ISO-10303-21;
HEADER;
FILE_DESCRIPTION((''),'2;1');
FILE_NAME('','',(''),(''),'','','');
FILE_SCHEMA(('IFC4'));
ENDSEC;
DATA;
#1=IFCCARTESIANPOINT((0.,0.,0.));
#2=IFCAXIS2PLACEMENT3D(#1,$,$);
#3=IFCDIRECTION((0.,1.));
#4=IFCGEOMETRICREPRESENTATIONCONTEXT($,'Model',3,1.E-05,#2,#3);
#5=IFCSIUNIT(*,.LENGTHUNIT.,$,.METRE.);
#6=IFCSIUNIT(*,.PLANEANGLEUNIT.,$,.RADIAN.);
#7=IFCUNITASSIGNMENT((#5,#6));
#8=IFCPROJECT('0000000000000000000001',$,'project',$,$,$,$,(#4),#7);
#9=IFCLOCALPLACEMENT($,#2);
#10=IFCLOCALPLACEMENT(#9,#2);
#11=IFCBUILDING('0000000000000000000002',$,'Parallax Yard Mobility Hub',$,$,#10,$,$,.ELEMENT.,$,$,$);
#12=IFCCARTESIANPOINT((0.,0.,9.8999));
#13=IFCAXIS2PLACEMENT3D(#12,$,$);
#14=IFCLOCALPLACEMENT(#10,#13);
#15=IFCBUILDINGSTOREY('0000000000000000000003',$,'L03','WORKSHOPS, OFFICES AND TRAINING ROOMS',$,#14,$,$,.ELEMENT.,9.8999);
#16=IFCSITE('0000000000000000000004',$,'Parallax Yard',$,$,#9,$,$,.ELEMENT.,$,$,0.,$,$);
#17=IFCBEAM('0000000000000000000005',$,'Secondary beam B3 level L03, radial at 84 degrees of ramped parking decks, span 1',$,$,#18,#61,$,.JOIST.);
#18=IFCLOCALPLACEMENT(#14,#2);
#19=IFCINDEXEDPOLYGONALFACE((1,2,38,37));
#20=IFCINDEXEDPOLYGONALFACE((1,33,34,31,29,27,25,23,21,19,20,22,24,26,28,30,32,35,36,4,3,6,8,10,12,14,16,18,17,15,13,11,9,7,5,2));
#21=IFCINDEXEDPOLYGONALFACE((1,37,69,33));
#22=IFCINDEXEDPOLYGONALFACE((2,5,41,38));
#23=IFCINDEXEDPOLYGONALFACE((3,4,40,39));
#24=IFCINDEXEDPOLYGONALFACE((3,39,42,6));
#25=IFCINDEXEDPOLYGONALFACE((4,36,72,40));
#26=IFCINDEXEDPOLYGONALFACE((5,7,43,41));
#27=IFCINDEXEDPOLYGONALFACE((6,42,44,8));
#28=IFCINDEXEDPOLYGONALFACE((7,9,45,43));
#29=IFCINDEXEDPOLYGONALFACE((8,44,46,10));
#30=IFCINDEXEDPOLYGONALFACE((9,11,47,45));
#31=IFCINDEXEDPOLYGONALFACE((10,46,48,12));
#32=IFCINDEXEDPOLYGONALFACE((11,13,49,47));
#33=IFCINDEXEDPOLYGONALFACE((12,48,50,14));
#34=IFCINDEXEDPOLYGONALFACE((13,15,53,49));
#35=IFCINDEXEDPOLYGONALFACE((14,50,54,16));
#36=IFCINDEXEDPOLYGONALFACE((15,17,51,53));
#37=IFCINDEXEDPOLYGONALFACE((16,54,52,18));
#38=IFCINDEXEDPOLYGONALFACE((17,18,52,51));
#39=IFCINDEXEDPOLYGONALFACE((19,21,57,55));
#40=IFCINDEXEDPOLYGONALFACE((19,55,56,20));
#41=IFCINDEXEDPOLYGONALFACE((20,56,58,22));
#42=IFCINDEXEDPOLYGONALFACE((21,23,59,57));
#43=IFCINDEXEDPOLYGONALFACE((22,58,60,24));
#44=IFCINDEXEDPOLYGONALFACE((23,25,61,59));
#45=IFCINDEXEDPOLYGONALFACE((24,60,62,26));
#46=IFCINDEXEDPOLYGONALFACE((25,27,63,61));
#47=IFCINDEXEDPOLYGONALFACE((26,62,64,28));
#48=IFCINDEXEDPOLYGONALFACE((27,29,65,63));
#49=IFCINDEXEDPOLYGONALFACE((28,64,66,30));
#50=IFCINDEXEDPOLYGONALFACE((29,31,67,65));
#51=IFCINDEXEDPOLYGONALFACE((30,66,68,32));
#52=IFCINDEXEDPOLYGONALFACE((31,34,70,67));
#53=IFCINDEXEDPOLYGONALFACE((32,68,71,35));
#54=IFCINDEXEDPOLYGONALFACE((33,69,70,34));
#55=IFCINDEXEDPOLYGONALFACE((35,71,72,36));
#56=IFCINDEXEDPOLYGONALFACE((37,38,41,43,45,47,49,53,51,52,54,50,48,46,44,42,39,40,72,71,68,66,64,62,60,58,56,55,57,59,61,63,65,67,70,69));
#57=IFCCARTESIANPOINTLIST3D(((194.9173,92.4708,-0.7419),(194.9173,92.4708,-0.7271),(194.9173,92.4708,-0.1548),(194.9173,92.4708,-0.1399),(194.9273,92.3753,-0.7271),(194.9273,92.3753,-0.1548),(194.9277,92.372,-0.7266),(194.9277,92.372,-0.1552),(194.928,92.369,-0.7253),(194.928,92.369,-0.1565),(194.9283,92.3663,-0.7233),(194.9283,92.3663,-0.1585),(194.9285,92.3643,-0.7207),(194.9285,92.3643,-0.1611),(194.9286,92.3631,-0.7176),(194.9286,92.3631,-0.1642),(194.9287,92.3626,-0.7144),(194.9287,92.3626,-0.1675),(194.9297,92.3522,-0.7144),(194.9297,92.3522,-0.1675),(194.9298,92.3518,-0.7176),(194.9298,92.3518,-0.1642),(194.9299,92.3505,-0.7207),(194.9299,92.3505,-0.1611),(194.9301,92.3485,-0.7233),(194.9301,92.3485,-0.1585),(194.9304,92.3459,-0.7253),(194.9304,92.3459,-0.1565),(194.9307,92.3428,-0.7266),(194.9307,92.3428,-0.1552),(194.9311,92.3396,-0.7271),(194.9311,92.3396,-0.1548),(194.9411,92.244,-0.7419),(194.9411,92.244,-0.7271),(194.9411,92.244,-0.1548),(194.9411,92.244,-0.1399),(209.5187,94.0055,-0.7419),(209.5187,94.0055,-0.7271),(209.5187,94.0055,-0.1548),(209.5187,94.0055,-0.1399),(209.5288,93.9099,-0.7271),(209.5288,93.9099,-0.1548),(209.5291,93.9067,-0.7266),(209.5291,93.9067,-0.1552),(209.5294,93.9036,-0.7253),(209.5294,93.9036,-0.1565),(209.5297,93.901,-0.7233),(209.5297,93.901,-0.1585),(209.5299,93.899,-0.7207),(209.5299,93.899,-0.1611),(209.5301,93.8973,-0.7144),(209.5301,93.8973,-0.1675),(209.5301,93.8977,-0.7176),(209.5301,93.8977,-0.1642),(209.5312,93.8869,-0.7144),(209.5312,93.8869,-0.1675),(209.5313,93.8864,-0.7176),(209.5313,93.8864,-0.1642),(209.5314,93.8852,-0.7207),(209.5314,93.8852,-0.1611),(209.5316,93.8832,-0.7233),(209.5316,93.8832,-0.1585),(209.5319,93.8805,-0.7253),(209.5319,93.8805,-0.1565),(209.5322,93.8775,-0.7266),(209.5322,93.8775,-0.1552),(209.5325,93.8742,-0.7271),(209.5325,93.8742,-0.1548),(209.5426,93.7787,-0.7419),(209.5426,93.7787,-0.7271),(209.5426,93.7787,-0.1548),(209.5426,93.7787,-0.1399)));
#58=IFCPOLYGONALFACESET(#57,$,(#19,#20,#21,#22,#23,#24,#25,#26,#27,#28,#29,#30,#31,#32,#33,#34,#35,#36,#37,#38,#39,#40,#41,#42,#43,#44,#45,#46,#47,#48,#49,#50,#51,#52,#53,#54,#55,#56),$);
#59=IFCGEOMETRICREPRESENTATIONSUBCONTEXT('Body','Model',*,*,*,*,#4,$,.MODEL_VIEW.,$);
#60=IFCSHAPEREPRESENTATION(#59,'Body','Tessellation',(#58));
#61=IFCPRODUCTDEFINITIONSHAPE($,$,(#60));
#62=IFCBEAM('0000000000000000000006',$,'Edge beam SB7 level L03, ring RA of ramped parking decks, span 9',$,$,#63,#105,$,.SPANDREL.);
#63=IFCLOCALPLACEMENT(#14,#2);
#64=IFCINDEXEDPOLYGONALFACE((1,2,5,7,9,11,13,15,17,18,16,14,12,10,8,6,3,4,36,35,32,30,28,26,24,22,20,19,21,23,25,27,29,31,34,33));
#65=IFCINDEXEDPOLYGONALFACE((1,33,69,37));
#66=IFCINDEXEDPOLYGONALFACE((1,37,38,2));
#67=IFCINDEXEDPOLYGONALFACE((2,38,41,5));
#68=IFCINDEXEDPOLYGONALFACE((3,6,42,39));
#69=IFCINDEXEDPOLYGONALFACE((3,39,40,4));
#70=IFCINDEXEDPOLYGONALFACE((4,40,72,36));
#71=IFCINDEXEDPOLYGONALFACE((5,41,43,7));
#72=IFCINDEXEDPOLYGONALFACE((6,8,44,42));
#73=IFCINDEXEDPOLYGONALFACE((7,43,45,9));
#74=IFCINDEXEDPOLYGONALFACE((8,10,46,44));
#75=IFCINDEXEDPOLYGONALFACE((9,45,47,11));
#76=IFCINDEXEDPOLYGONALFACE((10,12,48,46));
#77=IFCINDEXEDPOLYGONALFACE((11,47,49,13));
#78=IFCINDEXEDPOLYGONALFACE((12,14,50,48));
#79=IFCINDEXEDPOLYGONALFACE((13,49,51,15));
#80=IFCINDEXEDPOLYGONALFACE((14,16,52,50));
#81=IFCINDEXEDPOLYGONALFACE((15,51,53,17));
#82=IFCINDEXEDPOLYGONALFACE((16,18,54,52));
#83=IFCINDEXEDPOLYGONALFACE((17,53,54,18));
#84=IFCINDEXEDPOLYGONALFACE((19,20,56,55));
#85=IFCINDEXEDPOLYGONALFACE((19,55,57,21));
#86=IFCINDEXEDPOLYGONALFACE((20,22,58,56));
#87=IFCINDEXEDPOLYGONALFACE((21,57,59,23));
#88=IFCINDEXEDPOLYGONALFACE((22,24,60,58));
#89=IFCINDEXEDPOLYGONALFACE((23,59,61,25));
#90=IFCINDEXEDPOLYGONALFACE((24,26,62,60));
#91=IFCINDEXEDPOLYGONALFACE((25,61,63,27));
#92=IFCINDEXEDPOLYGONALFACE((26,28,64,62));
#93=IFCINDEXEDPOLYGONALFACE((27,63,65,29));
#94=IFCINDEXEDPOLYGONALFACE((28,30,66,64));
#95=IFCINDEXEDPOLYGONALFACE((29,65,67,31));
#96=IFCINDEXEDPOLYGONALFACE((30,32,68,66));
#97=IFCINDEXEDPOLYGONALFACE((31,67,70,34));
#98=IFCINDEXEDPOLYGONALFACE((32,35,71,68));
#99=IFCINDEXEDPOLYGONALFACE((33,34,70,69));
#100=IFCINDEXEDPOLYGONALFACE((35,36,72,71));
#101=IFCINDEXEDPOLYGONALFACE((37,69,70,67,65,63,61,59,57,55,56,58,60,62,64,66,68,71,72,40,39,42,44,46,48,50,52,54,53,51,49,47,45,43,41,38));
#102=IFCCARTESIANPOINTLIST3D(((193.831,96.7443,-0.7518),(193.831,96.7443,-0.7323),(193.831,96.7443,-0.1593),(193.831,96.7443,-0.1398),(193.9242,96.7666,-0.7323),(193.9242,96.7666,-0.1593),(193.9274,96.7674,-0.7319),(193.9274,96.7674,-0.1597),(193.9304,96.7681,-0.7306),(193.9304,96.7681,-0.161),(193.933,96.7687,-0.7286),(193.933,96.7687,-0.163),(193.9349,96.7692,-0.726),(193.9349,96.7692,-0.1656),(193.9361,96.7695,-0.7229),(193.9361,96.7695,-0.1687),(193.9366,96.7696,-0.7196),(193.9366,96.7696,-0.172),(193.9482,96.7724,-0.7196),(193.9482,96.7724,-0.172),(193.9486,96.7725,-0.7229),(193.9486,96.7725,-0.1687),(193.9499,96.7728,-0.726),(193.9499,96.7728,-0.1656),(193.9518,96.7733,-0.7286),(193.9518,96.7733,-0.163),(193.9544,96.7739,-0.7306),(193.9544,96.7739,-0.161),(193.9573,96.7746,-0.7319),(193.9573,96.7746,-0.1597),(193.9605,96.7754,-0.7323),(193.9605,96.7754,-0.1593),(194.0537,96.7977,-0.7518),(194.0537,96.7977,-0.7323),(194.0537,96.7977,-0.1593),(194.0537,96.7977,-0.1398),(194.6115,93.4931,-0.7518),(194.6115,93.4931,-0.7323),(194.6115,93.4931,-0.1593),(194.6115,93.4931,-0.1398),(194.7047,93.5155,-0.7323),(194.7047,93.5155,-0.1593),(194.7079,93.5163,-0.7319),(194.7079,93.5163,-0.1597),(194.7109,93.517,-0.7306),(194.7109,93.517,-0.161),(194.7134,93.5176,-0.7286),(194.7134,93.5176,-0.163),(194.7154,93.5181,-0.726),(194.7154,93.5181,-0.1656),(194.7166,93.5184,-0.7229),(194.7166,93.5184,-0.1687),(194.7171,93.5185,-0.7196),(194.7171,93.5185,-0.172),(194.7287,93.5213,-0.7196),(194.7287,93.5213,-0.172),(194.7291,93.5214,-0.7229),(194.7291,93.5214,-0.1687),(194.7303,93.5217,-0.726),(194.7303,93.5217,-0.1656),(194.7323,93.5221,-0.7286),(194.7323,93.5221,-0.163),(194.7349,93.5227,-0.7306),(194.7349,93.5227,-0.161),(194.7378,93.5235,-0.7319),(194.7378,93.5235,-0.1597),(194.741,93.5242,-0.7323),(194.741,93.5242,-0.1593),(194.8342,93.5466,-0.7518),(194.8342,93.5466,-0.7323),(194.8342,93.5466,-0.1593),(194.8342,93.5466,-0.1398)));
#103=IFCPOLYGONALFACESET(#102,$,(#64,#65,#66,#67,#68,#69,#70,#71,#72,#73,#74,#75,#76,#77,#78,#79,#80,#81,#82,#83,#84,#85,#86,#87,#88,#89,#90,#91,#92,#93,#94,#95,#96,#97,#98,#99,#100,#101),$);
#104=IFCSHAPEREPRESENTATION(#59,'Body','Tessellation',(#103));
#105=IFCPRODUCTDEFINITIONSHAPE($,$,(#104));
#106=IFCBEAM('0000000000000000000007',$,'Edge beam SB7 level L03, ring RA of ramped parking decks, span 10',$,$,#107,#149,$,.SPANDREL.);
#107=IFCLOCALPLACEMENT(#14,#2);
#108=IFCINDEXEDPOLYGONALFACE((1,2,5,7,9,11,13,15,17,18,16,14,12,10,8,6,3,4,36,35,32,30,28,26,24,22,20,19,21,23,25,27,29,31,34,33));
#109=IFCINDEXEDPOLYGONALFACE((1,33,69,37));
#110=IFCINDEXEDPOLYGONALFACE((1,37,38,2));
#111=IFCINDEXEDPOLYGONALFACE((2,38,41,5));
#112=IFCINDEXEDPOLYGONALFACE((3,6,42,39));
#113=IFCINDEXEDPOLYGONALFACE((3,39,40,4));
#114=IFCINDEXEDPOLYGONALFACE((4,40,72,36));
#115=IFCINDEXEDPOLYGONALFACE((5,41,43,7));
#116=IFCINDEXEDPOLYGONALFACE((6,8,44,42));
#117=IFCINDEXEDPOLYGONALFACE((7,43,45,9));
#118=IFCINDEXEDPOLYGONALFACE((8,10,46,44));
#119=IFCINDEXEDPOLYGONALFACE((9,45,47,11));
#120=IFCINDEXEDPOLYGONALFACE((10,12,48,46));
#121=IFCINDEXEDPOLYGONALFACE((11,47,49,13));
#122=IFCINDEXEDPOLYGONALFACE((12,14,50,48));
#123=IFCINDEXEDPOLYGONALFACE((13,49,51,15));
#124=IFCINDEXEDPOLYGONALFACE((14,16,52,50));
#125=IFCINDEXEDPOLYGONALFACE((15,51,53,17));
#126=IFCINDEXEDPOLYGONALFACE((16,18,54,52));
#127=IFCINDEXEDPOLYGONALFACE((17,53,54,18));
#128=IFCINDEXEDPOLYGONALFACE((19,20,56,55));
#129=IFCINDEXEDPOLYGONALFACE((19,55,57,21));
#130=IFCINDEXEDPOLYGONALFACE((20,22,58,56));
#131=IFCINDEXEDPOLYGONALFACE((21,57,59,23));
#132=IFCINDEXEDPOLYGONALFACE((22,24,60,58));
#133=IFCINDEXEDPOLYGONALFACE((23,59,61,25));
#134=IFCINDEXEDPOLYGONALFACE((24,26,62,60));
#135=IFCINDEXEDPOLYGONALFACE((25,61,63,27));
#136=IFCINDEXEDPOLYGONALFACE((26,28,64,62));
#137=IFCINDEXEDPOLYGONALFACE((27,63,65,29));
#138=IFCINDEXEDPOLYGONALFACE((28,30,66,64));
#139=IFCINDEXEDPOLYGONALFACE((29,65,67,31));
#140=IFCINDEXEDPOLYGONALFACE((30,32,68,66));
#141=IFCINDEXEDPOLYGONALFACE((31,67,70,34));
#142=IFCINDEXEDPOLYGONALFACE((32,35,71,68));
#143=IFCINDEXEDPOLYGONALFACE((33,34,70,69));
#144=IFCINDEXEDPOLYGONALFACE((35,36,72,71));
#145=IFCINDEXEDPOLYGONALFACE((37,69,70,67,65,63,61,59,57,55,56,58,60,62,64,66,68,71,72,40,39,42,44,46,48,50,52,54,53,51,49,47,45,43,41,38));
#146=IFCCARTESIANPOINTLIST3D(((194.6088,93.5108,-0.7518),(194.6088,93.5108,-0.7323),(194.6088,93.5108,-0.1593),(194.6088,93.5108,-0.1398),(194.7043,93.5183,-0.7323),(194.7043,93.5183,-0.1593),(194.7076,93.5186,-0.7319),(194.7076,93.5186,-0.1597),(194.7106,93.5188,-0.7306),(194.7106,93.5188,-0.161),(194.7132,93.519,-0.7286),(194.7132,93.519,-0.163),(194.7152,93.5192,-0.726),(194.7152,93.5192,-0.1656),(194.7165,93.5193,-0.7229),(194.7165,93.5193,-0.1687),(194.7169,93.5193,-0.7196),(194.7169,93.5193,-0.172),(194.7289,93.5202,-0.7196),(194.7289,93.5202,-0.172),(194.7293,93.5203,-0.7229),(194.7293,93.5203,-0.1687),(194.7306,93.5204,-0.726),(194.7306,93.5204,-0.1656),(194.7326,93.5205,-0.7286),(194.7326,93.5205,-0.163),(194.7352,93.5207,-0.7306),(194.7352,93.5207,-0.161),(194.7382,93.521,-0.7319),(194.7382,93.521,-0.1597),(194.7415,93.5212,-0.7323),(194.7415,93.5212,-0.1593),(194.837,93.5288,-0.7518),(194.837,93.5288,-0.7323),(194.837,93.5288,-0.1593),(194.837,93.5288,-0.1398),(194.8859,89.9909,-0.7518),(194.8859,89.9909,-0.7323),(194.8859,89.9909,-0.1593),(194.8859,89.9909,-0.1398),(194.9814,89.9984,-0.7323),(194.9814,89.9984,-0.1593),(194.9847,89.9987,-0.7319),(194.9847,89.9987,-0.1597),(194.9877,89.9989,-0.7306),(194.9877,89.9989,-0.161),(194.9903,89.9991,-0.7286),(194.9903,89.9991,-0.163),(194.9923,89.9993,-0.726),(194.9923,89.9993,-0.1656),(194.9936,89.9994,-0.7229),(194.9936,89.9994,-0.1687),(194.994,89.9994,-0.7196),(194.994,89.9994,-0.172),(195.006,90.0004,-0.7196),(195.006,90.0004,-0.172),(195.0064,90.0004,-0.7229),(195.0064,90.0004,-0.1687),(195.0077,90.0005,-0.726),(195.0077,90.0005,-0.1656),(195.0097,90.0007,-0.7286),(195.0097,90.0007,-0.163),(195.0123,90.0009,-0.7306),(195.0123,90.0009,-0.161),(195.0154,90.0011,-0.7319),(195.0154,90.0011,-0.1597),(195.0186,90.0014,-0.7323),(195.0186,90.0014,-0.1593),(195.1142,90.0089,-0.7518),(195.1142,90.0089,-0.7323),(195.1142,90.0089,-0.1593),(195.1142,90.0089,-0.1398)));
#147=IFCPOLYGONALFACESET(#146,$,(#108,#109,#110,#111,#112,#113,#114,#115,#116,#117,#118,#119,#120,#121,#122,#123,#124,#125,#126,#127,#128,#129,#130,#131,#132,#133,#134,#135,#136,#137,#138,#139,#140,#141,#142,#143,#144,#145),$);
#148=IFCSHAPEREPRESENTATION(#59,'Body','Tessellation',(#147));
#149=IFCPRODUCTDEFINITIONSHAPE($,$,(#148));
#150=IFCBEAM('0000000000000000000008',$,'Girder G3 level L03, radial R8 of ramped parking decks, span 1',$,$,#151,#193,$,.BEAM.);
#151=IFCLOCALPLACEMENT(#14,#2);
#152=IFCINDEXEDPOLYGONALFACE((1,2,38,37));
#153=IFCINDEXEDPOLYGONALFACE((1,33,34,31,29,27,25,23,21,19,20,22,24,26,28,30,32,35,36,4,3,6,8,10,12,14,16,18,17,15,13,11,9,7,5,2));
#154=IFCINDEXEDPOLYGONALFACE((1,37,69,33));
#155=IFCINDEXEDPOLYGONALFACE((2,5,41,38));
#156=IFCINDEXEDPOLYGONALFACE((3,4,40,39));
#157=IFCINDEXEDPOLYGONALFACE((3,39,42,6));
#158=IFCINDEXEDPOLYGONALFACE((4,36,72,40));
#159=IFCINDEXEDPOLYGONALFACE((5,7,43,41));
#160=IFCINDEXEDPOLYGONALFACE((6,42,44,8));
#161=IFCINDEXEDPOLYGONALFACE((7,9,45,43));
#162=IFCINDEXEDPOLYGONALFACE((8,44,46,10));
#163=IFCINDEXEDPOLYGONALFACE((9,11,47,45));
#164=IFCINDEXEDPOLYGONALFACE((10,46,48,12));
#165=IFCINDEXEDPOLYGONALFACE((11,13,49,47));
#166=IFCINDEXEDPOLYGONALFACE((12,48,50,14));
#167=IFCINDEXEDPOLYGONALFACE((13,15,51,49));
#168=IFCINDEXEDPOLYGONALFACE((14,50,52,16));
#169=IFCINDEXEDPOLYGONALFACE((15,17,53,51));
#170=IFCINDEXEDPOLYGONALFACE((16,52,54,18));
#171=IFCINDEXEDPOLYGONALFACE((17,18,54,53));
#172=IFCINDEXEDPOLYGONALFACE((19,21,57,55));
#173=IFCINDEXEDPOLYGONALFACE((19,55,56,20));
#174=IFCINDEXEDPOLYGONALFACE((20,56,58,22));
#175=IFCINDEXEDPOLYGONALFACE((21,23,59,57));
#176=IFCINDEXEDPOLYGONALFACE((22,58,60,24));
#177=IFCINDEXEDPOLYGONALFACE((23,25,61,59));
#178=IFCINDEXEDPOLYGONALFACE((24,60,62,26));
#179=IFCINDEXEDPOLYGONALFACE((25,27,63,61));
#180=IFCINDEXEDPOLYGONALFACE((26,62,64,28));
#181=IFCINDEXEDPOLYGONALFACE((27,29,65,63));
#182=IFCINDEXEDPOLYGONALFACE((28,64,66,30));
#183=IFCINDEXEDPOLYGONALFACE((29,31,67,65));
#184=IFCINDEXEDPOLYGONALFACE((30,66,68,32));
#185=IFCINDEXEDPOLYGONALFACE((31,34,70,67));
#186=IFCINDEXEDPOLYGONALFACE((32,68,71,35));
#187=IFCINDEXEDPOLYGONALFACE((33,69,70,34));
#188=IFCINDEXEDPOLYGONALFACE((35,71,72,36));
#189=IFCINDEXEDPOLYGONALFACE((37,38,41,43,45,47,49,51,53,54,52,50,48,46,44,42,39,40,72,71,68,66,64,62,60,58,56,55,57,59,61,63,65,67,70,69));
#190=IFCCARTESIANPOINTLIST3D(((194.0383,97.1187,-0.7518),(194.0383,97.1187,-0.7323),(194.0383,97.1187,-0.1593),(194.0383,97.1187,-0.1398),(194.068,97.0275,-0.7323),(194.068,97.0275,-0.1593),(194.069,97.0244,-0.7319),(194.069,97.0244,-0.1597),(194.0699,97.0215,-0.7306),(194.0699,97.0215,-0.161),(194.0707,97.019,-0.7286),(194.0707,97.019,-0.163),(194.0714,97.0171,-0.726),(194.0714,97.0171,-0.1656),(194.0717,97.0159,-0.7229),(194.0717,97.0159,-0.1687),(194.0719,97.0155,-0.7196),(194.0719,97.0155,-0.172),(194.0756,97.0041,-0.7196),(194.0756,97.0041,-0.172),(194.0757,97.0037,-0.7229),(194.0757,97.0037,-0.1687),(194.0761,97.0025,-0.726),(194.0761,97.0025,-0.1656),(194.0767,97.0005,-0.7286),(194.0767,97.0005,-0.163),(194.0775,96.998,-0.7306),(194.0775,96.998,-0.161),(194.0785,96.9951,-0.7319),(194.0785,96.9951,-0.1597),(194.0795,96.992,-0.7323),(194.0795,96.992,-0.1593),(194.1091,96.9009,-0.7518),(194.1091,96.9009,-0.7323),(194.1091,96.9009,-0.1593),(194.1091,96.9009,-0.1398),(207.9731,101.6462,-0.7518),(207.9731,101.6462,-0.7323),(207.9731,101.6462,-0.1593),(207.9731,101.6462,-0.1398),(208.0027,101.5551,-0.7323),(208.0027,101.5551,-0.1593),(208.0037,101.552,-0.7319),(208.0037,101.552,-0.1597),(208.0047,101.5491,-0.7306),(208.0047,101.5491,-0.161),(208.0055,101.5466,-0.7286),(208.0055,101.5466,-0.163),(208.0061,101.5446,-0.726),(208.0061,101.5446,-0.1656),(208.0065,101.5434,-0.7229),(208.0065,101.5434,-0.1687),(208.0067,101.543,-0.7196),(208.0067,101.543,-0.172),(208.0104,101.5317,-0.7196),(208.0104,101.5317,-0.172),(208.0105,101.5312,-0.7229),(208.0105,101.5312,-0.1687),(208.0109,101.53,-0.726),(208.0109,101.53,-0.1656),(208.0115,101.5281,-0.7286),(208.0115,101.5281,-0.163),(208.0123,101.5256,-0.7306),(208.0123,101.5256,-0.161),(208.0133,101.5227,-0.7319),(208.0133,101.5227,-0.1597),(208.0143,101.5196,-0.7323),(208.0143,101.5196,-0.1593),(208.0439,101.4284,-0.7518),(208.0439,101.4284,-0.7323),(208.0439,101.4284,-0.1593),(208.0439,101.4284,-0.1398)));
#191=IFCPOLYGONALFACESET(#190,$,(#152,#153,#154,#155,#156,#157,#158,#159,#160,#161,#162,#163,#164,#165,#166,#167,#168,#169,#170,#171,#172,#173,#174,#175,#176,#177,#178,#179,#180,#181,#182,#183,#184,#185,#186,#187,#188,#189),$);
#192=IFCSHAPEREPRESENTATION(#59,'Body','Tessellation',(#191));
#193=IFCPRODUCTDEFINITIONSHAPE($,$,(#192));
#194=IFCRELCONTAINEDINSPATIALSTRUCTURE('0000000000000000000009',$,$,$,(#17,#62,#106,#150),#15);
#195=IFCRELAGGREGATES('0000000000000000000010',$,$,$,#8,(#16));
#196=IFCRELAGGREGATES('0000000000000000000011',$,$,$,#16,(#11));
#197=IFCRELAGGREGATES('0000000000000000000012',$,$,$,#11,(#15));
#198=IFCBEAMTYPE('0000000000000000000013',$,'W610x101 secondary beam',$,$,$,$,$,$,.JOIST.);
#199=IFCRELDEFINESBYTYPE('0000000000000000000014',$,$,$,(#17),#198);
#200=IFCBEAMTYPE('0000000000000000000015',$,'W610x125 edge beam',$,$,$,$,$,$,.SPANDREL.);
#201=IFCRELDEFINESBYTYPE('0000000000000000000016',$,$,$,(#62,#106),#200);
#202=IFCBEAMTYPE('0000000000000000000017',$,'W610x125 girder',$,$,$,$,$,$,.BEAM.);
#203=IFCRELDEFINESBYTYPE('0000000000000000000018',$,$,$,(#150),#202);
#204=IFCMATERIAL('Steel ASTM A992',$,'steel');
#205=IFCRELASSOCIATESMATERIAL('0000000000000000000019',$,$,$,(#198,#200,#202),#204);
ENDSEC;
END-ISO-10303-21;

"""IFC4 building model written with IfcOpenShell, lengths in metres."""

from ifc_helpers import new_model, si_unit, direction, frame, origin, origin_2d, place, context, subcontext, project, spatial, i_section, extrude, material, material_profile, profile_set, type_object, element, save


model = new_model("IFC4")

# Units and contexts
model_context = context("Model", 3, precision=1e-05, world=origin(), true_north=direction((0.0, 1.0)))
body_context = subcontext(model_context, "Body", "Model", "MODEL_VIEW")
ifc_project = project(units=[si_unit("LENGTHUNIT", "METRE"), si_unit("PLANEANGLEUNIT", "RADIAN")], contexts=[model_context])

# Site, building, storey
site_placement = place(None, origin())
site = spatial("IfcSite", under=ifc_project, at=site_placement, Name="Parallax Yard", CompositionType="ELEMENT", RefElevation=0.0)
building_placement = place(site_placement, origin())
building = spatial("IfcBuilding", under=site, at=building_placement, Name="Parallax Yard Mobility Hub", CompositionType="ELEMENT")
storey_placement = place(building_placement, frame((0.0, 0.0, 9.8999)))
storey = spatial("IfcBuildingStorey", under=building, at=storey_placement, Name="L03", Description="WORKSHOPS, OFFICES AND TRAINING ROOMS", CompositionType="ELEMENT", Elevation=9.8999)

# Shared definitions
ifc_material_1 = material(Name="Steel ASTM A992", Category="steel")

# Beams
ifc_material_profile_1 = material_profile(ifc_material_1, i_section(OverallWidth=0.228, OverallDepth=0.6021, WebThickness=0.0105, FlangeThickness=0.0149, FilletRadius=0.0127, at=origin_2d()), Name="W610x101")
ifc_profile_set_1 = profile_set([ifc_material_profile_1], Name="Steel ASTM A992")
beam_type_1 = type_object("IfcBeamType", Name="W610x101 secondary beam", PredefinedType="JOIST", material=ifc_profile_set_1)
beam_1_placement = place(storey_placement, frame((194.9292, 92.3574, -0.4409), z_axis=(0.994522, 0.104527, 0.0), x_axis=(-0.104527, 0.994522, 0.0)))
element("IfcBeam", 1, at=beam_1_placement, inside=storey, type_object=beam_type_1, Name="Secondary beam B3 level L03, radial at 84 degrees of ramped parking decks, span 1", PredefinedType="JOIST", context=body_context, shape_type="SweptSolid", body=[
    extrude(i_section(OverallWidth=0.228, OverallDepth=0.6021, WebThickness=0.0105, FlangeThickness=0.0149, FilletRadius=0.0127, at=origin_2d()), origin(), (0.0, 0.0, 1.0), 14.6819),
])
ifc_material_profile_2 = material_profile(ifc_material_1, i_section(OverallWidth=0.229, OverallDepth=0.6121, WebThickness=0.012, FlangeThickness=0.0195, FilletRadius=0.0127, at=origin_2d()), Name="W610x125")
ifc_profile_set_2 = profile_set([ifc_material_profile_2], Name="Steel ASTM A992")
beam_type_2 = type_object("IfcBeamType", Name="W610x125 edge beam", PredefinedType="SPANDREL", material=ifc_profile_set_2)
beam_2_placement = place(storey_placement, frame((193.9424, 96.771, -0.4458), z_axis=(0.233436, -0.972372, 0.0), x_axis=(0.972372, 0.233436, 0.0)))
element("IfcBeam", 2, at=beam_2_placement, inside=storey, type_object=beam_type_2, Name="Edge beam SB7 level L03, ring RA of ramped parking decks, span 9", PredefinedType="SPANDREL", context=body_context, shape_type="SweptSolid", body=[
    extrude(i_section(OverallWidth=0.229, OverallDepth=0.6121, WebThickness=0.012, FlangeThickness=0.0195, FilletRadius=0.0127, at=origin_2d()), origin(), (0.0, 0.0, 1.0), 3.3435),
])
beam_3_placement = place(storey_placement, frame((194.7229, 93.5198, -0.4458), z_axis=(0.078484, -0.996915, 0.0), x_axis=(0.996915, 0.078484, 0.0)))
element("IfcBeam", 3, at=beam_3_placement, inside=storey, type_object=beam_type_2, Name="Edge beam SB7 level L03, ring RA of ramped parking decks, span 10", PredefinedType="SPANDREL", context=body_context, shape_type="SweptSolid", body=[
    extrude(i_section(OverallWidth=0.229, OverallDepth=0.6121, WebThickness=0.012, FlangeThickness=0.0195, FilletRadius=0.0127, at=origin_2d()), origin(), (0.0, 0.0, 1.0), 3.5308),
])
ifc_material_profile_3 = material_profile(ifc_material_1, i_section(OverallWidth=0.229, OverallDepth=0.6121, WebThickness=0.012, FlangeThickness=0.0195, FilletRadius=0.0127, at=origin_2d()), Name="W610x125")
ifc_profile_set_3 = profile_set([ifc_material_profile_3], Name="Steel ASTM A992")
beam_type_3 = type_object("IfcBeamType", Name="W610x125 girder", PredefinedType="BEAM", material=ifc_profile_set_3)
beam_4_placement = place(storey_placement, frame((194.0737, 97.0098, -0.4458), z_axis=(0.951059, 0.30901, 0.0), x_axis=(-0.30901, 0.951059, 0.0)))
element("IfcBeam", 4, at=beam_4_placement, inside=storey, type_object=beam_type_3, Name="Girder G3 level L03, radial R8 of ramped parking decks, span 1", PredefinedType="BEAM", context=body_context, shape_type="SweptSolid", body=[
    extrude(i_section(OverallWidth=0.229, OverallDepth=0.6121, WebThickness=0.012, FlangeThickness=0.0195, FilletRadius=0.0127, at=origin_2d()), origin(), (0.0, 0.0, 1.0), 14.6519),
])

save(model, "model.ifc")
